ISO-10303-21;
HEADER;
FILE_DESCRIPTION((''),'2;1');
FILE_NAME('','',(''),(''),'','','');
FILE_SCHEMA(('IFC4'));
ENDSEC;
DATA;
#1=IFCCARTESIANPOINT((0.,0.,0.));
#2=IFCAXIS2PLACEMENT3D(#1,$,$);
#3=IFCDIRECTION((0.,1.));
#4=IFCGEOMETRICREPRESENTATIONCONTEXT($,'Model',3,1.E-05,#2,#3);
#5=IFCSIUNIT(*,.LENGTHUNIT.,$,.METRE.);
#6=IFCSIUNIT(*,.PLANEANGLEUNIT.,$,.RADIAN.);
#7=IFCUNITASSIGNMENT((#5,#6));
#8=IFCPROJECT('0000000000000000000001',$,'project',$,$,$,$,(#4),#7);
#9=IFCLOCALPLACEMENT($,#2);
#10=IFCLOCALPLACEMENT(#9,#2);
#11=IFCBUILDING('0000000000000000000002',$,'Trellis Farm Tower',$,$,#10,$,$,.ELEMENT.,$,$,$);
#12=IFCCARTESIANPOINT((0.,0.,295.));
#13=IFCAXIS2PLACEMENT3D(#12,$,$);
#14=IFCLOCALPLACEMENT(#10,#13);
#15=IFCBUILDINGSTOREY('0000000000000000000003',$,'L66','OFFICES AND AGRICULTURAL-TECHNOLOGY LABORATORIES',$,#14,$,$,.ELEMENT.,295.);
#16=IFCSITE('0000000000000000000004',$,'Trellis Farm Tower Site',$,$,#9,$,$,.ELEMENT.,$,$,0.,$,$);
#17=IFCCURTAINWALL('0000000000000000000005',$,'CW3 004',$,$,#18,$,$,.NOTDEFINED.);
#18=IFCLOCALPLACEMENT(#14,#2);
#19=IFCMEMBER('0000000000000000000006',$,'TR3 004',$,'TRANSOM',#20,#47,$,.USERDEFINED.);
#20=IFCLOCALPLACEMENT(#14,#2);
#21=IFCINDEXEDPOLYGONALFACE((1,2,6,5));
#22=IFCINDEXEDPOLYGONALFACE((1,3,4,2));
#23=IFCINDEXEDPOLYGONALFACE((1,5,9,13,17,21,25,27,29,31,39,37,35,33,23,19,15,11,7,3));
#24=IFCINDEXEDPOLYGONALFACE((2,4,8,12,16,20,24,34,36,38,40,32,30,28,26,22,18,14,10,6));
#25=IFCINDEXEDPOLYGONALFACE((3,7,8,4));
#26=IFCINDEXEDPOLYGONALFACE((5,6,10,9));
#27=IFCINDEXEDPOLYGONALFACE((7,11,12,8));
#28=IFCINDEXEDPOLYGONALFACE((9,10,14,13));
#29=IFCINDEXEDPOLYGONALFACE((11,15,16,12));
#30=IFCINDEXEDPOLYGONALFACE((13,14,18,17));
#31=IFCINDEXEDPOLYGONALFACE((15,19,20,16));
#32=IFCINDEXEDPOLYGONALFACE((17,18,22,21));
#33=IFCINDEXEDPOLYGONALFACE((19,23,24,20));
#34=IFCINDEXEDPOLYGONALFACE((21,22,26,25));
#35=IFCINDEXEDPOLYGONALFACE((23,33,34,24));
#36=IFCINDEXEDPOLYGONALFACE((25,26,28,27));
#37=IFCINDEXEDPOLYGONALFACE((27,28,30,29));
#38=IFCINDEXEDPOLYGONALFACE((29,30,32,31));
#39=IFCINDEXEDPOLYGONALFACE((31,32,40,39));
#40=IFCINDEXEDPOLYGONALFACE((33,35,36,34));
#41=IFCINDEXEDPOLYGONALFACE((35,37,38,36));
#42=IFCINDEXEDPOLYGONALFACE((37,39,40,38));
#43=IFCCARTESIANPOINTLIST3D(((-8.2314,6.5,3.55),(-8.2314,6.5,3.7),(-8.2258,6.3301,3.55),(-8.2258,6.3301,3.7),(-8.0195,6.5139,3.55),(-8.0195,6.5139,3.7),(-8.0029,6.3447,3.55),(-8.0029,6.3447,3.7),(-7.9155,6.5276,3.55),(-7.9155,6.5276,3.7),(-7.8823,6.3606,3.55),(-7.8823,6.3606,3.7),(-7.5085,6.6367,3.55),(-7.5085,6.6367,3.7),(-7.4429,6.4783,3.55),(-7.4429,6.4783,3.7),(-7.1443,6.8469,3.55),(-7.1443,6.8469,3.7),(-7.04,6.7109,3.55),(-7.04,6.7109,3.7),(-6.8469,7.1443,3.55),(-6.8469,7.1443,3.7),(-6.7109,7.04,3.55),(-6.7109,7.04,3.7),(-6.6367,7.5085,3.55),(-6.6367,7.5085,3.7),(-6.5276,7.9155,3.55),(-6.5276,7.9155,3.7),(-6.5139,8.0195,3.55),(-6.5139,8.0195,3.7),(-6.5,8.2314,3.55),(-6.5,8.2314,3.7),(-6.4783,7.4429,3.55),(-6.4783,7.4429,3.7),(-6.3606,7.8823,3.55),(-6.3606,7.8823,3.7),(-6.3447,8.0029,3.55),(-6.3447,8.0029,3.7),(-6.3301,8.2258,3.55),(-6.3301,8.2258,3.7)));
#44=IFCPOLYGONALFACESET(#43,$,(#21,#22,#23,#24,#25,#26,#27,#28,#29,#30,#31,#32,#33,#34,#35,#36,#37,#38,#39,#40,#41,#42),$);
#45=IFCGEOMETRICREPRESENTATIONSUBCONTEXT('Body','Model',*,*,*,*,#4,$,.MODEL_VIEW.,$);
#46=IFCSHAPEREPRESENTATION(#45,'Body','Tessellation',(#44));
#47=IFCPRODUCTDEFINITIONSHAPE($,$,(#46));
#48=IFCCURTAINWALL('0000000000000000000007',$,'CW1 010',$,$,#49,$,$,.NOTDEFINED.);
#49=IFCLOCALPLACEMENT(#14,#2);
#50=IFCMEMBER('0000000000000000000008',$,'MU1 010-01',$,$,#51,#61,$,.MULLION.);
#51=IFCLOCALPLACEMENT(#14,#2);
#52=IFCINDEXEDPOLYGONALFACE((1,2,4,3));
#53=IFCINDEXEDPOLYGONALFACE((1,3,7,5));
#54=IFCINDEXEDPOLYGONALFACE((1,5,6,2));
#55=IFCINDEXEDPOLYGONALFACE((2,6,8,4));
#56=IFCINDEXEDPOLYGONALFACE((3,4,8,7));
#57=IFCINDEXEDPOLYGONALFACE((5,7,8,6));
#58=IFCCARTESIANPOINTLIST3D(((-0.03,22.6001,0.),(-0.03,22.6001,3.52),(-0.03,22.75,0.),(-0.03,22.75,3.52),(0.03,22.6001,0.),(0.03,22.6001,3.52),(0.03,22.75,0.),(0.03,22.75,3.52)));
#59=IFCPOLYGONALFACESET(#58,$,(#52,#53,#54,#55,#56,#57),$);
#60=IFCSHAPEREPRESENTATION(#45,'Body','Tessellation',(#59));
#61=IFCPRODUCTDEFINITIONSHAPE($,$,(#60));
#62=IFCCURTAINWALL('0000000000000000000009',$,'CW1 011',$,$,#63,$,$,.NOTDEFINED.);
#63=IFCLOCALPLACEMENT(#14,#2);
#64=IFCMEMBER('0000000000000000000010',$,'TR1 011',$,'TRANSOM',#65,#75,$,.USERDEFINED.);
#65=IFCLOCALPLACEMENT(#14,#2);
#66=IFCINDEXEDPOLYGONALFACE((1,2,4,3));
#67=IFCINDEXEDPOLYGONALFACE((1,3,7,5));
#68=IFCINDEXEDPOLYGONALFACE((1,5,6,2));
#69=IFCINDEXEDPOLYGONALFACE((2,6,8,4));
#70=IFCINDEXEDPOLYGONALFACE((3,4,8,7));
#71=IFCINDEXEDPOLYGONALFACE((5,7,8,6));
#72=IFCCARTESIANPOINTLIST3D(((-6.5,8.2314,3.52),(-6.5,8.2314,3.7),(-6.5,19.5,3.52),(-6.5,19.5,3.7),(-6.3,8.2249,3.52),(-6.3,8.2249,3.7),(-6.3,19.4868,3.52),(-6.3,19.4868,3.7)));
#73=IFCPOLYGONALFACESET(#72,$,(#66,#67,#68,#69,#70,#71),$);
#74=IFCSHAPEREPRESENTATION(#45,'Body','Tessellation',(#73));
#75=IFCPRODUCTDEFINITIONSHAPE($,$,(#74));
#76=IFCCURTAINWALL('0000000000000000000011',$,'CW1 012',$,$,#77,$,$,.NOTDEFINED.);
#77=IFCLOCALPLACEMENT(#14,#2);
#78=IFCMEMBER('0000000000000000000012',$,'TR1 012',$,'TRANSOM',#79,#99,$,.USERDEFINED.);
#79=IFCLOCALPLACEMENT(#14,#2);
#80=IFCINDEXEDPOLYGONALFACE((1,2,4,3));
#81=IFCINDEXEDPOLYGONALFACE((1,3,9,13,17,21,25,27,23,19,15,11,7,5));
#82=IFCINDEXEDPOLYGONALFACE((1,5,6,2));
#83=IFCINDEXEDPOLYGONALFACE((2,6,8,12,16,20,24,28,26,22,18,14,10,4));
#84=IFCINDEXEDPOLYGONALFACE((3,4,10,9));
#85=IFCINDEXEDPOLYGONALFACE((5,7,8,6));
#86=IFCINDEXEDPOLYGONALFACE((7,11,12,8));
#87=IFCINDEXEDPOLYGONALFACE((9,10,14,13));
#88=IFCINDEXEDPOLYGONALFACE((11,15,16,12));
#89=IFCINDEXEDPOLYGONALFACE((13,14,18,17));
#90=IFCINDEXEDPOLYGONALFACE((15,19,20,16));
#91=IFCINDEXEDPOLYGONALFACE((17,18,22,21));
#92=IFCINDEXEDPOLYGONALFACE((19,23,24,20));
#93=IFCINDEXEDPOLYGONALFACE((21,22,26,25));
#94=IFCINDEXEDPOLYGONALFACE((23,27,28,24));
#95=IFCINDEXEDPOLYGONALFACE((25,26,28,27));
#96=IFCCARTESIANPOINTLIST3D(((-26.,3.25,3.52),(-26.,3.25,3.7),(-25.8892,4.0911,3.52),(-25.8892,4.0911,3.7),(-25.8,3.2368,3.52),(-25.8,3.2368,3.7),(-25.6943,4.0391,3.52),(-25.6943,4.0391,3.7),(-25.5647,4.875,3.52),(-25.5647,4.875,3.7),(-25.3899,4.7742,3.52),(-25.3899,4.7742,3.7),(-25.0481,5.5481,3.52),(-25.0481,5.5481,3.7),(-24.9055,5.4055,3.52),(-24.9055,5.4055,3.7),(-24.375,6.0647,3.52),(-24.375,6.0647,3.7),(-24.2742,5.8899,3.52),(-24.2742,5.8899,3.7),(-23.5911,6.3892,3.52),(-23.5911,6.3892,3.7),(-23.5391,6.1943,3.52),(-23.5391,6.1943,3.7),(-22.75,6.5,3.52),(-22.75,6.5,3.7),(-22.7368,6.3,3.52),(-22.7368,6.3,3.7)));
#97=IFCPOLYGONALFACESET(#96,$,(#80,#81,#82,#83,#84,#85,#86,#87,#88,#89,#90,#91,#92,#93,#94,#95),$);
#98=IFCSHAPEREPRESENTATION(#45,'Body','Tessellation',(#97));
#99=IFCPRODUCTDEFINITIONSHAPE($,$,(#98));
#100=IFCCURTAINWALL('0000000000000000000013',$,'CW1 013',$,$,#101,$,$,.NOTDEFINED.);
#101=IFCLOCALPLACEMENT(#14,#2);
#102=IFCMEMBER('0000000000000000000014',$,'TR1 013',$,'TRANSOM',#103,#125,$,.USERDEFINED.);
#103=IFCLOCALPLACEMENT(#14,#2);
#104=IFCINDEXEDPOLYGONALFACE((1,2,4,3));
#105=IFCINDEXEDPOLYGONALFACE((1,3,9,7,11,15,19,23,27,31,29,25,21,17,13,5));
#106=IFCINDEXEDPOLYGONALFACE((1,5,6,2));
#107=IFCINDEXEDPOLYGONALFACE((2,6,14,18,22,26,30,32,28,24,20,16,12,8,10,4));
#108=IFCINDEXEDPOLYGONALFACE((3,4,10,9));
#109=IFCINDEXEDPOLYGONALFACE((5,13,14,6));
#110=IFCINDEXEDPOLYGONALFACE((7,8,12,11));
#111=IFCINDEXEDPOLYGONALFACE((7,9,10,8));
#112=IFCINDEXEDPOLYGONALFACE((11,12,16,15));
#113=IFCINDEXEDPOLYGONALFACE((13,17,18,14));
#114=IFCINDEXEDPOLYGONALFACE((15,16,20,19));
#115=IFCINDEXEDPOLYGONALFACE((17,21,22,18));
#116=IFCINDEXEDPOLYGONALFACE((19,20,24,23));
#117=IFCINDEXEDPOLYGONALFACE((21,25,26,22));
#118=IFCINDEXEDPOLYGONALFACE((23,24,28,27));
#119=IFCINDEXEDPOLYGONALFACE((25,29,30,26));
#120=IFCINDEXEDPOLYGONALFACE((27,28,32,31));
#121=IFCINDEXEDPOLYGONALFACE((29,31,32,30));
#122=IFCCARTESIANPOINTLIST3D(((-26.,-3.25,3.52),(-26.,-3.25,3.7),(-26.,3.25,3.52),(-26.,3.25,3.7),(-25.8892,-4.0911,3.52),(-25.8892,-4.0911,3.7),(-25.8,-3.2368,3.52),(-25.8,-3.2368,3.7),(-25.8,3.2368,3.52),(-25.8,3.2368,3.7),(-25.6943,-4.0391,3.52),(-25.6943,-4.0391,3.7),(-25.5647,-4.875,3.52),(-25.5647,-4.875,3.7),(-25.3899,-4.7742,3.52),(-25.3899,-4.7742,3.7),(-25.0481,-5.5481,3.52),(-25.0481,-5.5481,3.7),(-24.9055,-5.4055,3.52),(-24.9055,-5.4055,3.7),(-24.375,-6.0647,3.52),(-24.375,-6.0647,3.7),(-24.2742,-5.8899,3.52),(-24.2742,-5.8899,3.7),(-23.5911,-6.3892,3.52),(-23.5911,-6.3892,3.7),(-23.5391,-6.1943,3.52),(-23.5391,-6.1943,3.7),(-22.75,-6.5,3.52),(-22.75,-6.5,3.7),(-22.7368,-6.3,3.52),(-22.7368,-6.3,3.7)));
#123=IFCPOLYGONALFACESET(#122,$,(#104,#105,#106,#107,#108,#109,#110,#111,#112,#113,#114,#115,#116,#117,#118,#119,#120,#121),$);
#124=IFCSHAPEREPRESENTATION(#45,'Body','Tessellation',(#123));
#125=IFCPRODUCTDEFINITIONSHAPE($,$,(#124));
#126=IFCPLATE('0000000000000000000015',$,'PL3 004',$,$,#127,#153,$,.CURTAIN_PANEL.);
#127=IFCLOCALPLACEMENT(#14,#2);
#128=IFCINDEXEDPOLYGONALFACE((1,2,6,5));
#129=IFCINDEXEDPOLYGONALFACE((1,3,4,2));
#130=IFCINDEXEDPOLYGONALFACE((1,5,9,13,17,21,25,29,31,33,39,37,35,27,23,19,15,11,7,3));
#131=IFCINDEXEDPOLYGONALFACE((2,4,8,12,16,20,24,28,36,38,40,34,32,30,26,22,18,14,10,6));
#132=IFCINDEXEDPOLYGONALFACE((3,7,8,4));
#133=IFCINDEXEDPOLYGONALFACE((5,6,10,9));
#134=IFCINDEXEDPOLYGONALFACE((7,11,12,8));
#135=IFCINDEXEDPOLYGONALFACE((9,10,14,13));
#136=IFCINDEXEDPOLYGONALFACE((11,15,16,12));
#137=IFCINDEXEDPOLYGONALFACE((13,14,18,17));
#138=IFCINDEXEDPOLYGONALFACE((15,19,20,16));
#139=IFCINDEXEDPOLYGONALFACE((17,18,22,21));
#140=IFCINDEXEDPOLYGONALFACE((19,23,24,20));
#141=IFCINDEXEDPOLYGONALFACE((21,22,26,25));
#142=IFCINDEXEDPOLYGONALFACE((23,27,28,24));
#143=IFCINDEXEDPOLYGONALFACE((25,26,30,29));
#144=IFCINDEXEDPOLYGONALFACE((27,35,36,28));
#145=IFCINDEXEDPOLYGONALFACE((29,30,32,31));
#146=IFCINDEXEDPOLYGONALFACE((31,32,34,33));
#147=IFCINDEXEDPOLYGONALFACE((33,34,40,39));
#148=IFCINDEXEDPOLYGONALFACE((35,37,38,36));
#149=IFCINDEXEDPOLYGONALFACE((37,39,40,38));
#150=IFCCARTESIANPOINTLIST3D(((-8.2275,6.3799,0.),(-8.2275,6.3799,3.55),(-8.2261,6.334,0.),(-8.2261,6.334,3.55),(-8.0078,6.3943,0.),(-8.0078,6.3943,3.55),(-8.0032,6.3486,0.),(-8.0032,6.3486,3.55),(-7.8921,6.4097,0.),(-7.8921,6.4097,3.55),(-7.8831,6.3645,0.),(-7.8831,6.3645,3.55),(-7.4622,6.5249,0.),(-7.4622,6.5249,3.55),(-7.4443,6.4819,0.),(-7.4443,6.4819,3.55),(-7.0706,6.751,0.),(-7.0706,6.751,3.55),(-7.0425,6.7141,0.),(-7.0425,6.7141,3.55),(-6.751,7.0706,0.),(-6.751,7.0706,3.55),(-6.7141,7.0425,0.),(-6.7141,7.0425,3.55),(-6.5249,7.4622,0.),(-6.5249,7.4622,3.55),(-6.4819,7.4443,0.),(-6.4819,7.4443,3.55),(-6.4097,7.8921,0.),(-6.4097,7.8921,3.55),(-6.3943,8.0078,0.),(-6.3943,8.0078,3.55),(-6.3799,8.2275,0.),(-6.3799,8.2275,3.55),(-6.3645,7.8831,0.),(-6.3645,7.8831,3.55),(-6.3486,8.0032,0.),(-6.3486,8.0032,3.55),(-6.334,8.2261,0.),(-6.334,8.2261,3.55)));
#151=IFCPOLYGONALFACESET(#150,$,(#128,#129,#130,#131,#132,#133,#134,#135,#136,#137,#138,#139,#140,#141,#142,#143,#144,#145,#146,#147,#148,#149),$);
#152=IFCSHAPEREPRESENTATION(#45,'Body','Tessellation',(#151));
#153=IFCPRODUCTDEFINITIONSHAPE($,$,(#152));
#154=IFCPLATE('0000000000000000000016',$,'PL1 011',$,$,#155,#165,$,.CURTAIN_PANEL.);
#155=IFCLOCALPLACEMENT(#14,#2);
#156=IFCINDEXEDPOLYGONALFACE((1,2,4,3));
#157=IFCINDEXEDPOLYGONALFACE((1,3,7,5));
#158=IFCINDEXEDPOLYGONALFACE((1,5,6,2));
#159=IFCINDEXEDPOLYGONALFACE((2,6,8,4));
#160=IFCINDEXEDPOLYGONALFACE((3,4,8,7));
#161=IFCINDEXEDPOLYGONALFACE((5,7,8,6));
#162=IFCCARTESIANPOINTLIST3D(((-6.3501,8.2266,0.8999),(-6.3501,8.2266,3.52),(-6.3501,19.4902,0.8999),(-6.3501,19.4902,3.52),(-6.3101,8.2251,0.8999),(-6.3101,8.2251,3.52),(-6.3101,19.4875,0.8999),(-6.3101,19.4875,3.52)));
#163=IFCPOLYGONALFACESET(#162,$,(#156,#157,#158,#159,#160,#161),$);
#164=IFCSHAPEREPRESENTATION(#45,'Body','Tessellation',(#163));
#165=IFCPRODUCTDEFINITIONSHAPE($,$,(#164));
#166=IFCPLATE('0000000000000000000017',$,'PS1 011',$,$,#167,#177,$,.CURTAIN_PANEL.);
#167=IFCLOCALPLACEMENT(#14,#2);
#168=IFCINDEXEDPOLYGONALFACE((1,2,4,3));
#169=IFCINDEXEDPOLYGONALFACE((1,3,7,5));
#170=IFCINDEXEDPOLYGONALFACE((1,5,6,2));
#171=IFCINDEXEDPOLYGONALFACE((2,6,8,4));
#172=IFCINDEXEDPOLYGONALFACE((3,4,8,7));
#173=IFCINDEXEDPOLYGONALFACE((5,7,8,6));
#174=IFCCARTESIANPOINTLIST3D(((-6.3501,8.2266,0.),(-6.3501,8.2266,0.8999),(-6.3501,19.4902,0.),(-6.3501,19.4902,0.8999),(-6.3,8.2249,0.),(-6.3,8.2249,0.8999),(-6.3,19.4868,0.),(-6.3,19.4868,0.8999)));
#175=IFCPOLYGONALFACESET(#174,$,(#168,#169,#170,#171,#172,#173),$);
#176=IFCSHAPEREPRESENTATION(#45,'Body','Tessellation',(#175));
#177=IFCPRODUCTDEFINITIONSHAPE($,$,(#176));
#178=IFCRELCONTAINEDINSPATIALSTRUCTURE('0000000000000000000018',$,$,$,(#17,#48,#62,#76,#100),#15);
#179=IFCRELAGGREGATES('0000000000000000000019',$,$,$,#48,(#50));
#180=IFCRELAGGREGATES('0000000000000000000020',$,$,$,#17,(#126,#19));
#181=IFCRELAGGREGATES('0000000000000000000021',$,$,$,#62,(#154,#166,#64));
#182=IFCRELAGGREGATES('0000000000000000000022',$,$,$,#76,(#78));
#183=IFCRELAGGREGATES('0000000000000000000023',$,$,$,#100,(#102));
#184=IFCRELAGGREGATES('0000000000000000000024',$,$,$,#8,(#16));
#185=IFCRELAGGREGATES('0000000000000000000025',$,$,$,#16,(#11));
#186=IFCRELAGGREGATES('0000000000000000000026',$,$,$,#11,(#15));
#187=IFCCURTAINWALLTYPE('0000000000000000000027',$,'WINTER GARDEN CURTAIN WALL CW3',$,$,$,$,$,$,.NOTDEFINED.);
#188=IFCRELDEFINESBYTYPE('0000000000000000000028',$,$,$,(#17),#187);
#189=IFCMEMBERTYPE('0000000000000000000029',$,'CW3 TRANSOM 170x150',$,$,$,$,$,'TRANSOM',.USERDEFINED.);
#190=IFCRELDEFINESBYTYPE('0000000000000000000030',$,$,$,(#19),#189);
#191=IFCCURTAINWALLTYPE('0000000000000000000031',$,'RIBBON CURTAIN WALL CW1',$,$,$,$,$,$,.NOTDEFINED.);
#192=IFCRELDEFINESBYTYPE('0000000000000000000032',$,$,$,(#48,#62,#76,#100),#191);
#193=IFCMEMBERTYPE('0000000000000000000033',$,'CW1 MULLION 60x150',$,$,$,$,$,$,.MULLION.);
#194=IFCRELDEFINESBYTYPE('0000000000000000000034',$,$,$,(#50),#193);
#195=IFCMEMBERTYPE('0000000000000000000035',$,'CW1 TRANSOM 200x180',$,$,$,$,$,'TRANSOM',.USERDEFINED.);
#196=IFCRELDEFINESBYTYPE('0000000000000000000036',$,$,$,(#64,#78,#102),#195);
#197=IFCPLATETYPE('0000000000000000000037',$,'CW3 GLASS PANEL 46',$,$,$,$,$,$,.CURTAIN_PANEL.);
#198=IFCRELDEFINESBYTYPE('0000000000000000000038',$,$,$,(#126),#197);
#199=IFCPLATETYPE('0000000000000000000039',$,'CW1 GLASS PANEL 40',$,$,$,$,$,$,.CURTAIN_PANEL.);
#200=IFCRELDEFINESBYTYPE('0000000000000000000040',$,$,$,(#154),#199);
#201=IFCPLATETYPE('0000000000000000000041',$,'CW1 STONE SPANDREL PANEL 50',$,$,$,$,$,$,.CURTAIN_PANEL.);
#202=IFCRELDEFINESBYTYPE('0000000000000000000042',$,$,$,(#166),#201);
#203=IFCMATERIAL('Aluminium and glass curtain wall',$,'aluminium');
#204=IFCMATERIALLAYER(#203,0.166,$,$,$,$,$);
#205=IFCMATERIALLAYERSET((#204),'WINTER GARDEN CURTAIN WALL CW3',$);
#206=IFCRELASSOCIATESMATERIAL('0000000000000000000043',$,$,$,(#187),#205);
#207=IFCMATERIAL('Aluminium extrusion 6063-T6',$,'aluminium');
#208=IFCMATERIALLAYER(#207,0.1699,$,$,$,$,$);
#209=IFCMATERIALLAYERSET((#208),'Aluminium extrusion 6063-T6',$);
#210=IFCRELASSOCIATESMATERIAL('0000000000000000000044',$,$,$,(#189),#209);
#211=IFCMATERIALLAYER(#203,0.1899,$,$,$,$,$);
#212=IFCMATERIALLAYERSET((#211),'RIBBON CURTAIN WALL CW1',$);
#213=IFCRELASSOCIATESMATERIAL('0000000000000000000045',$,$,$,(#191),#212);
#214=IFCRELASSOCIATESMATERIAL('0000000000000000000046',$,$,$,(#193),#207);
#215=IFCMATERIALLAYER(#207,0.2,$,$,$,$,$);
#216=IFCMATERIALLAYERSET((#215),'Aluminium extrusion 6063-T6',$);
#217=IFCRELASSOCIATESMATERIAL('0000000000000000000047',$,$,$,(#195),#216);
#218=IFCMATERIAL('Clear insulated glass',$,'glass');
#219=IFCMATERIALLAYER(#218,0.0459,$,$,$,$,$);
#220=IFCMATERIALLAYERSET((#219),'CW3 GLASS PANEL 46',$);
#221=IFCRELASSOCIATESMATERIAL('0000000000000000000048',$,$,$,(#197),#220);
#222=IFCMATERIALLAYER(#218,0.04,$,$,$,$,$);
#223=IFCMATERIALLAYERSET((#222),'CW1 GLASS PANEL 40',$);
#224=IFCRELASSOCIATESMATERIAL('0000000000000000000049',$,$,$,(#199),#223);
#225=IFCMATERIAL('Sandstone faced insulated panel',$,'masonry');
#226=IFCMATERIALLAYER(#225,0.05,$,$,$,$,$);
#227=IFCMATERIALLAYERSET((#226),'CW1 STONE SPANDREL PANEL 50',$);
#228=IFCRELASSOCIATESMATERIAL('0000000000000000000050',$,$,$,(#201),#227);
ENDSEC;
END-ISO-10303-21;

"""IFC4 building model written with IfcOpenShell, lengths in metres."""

from ifc_helpers import new_model, si_unit, direction, frame, origin, origin_2d, place, context, subcontext, project, spatial, polyline, rectangle, outline, extrude, source, transform, mapped, material, layer, layer_set, material_profile, profile_set, type_object, element, aggregate, save


model = new_model("IFC4")

# Units and contexts
model_context = context("Model", 3, precision=1e-05, world=origin(), true_north=direction((0.0, 1.0)))
body_context = subcontext(model_context, "Body", "Model", "MODEL_VIEW")
ifc_project = project(units=[si_unit("LENGTHUNIT", "METRE"), si_unit("PLANEANGLEUNIT", "RADIAN")], contexts=[model_context])

# Site, building, storey
site_placement = place(None, origin())
site = spatial("IfcSite", under=ifc_project, at=site_placement, Name="Trellis Farm Tower Site", CompositionType="ELEMENT", RefElevation=0.0)
building_placement = place(site_placement, origin())
building = spatial("IfcBuilding", under=site, at=building_placement, Name="Trellis Farm Tower", CompositionType="ELEMENT")
storey_placement = place(building_placement, frame((0.0, 0.0, 295.0)))
storey = spatial("IfcBuildingStorey", under=building, at=storey_placement, Name="L66", Description="OFFICES AND AGRICULTURAL-TECHNOLOGY LABORATORIES", CompositionType="ELEMENT", Elevation=295.0)

# Curtain walls, members
ifc_material_1 = material(Name="Aluminium and glass curtain wall", Category="aluminium")
ifc_layer_1 = layer(ifc_material_1, 0.166)
ifc_layer_set_1 = layer_set([ifc_layer_1], Name="WINTER GARDEN CURTAIN WALL CW3")
curtain_wall_type_1 = type_object("IfcCurtainWallType", Name="WINTER GARDEN CURTAIN WALL CW3", PredefinedType="NOTDEFINED", material=ifc_layer_set_1)
placement_1 = place(storey_placement, origin())
curtain_wall_1 = element("IfcCurtainWall", 1, at=placement_1, inside=storey, type_object=curtain_wall_type_1, Name="CW3 004", PredefinedType="NOTDEFINED")
ifc_material_2 = material(Name="Aluminium extrusion 6063-T6", Category="aluminium")
ifc_layer_2 = layer(ifc_material_2, 0.1699)
ifc_layer_set_2 = layer_set([ifc_layer_2], Name="Aluminium extrusion 6063-T6")
member_type_1 = type_object("IfcMemberType", Name="CW3 TRANSOM 170x150", ElementType="TRANSOM", PredefinedType="USERDEFINED", material=ifc_layer_set_2)
shared_shape_1 = source(origin(), body_context, "Body", "SweptSolid", [
    extrude(outline(polyline([(-6.5, 8.2314), (-6.5139, 8.0195), (-6.5276, 7.9155), (-6.6367, 7.5085), (-6.8469, 7.1443), (-7.1443, 6.8469), (-7.5085, 6.6367), (-7.9155, 6.5276), (-8.0195, 6.5139), (-8.2314, 6.5), (-8.2258, 6.3301), (-8.0029, 6.3447), (-7.8823, 6.3606), (-7.4429, 6.4783), (-7.04, 6.7109), (-6.7109, 7.04), (-6.4783, 7.4429), (-6.3606, 7.8823), (-6.3447, 8.0029), (-6.3301, 8.2258), (-6.5, 8.2314)])), origin(), (0.0, 0.0, 1.0), 0.1499),
])
member_1_placement = place(storey_placement, frame((0.0, 0.0, 3.55)))
member_1 = element("IfcMember", 2, at=member_1_placement, type_object=member_type_1, Name="TR3 004", ObjectType="TRANSOM", PredefinedType="USERDEFINED", context=body_context, shape_type="MappedRepresentation", body=[
    mapped(shared_shape_1, transform((0.0, 0.0, 0.0))),
])
ifc_layer_3 = layer(ifc_material_1, 0.1899)
ifc_layer_set_3 = layer_set([ifc_layer_3], Name="RIBBON CURTAIN WALL CW1")
curtain_wall_type_2 = type_object("IfcCurtainWallType", Name="RIBBON CURTAIN WALL CW1", PredefinedType="NOTDEFINED", material=ifc_layer_set_3)
curtain_wall_2 = element("IfcCurtainWall", 3, at=placement_1, inside=storey, type_object=curtain_wall_type_2, Name="CW1 010", PredefinedType="NOTDEFINED")
ifc_material_profile = material_profile(ifc_material_2, rectangle(XDim=0.0601, YDim=0.1499, at=origin_2d()), Name="MULLION 60x150")
ifc_profile_set = profile_set([ifc_material_profile], Name="Aluminium extrusion 6063-T6")
member_type_2 = type_object("IfcMemberType", Name="CW1 MULLION 60x150", PredefinedType="MULLION", material=ifc_profile_set)
shared_shape_2 = source(origin(), body_context, "Body", "SweptSolid", [
    extrude(rectangle(XDim=0.0601, YDim=0.1499, at=origin_2d()), origin(), (0.0, 0.0, 1.0), 3.52),
])
member_2_placement = place(storey_placement, frame((0.0, 22.675, 0.0), z_axis=(0.0, 0.0, 1.0), x_axis=(-1.0, 0.0, 0.0)))
member_2 = element("IfcMember", 4, at=member_2_placement, type_object=member_type_2, Name="MU1 010-01", PredefinedType="MULLION", context=body_context, shape_type="MappedRepresentation", body=[
    mapped(shared_shape_2, transform((0.0, 0.0, 0.0))),
])
aggregate(curtain_wall_2, [member_2])
curtain_wall_3 = element("IfcCurtainWall", 5, at=placement_1, inside=storey, type_object=curtain_wall_type_2, Name="CW1 011", PredefinedType="NOTDEFINED")
ifc_layer_4 = layer(ifc_material_2, 0.2)
ifc_layer_set_4 = layer_set([ifc_layer_4], Name="Aluminium extrusion 6063-T6")
member_type_3 = type_object("IfcMemberType", Name="CW1 TRANSOM 200x180", ElementType="TRANSOM", PredefinedType="USERDEFINED", material=ifc_layer_set_4)
shared_shape_3 = source(origin(), body_context, "Body", "SweptSolid", [
    extrude(outline(polyline([(-6.5, 19.5), (-6.5, 8.2314), (-6.3, 8.2249), (-6.3, 19.4868), (-6.5, 19.5)])), origin(), (0.0, 0.0, 1.0), 0.1799),
])
placement_2 = place(storey_placement, frame((0.0, 0.0, 3.52)))
member_3 = element("IfcMember", 6, at=placement_2, type_object=member_type_3, Name="TR1 011", ObjectType="TRANSOM", PredefinedType="USERDEFINED", context=body_context, shape_type="MappedRepresentation", body=[
    mapped(shared_shape_3, transform((0.0, 0.0, 0.0))),
])
curtain_wall_4 = element("IfcCurtainWall", 7, at=placement_1, inside=storey, type_object=curtain_wall_type_2, Name="CW1 012", PredefinedType="NOTDEFINED")
shared_shape_4 = source(origin(), body_context, "Body", "SweptSolid", [
    extrude(outline(polyline([(-22.75, 6.5), (-23.5911, 6.3892), (-24.375, 6.0647), (-25.0481, 5.5481), (-25.5647, 4.875), (-25.8892, 4.0911), (-26.0, 3.25), (-25.8, 3.2368), (-25.6943, 4.0391), (-25.3899, 4.7742), (-24.9055, 5.4055), (-24.2742, 5.8899), (-23.5391, 6.1943), (-22.7368, 6.3), (-22.75, 6.5)])), origin(), (0.0, 0.0, 1.0), 0.1799),
])
member_4 = element("IfcMember", 8, at=placement_2, type_object=member_type_3, Name="TR1 012", ObjectType="TRANSOM", PredefinedType="USERDEFINED", context=body_context, shape_type="MappedRepresentation", body=[
    mapped(shared_shape_4, transform((0.0, 0.0, 0.0))),
])
curtain_wall_5 = element("IfcCurtainWall", 9, at=placement_1, inside=storey, type_object=curtain_wall_type_2, Name="CW1 013", PredefinedType="NOTDEFINED")
shared_shape_5 = source(origin(), body_context, "Body", "SweptSolid", [
    extrude(outline(polyline([(-26.0, 3.25), (-26.0, -3.25), (-25.8892, -4.0911), (-25.5647, -4.875), (-25.0481, -5.5481), (-24.375, -6.0647), (-23.5911, -6.3892), (-22.75, -6.5), (-22.7368, -6.3), (-23.5391, -6.1943), (-24.2742, -5.8899), (-24.9055, -5.4055), (-25.3899, -4.7742), (-25.6943, -4.0391), (-25.8, -3.2368), (-25.8, 3.2368), (-26.0, 3.25)])), origin(), (0.0, 0.0, 1.0), 0.1799),
])
member_5 = element("IfcMember", 10, at=placement_2, type_object=member_type_3, Name="TR1 013", ObjectType="TRANSOM", PredefinedType="USERDEFINED", context=body_context, shape_type="MappedRepresentation", body=[
    mapped(shared_shape_5, transform((0.0, 0.0, 0.0))),
])

# Plates
ifc_material_3 = material(Name="Clear insulated glass", Category="glass")
ifc_layer_5 = layer(ifc_material_3, 0.0459)
ifc_layer_set_5 = layer_set([ifc_layer_5], Name="CW3 GLASS PANEL 46")
plate_type_1 = type_object("IfcPlateType", Name="CW3 GLASS PANEL 46", PredefinedType="CURTAIN_PANEL", material=ifc_layer_set_5)
shared_shape_6 = source(origin(), body_context, "Body", "SweptSolid", [
    extrude(outline(polyline([(-6.3799, 8.2275), (-6.3943, 8.0078), (-6.4097, 7.8921), (-6.5249, 7.4622), (-6.751, 7.0706), (-7.0706, 6.751), (-7.4622, 6.5249), (-7.8921, 6.4097), (-8.0078, 6.3943), (-8.2275, 6.3799), (-8.2261, 6.334), (-8.0032, 6.3486), (-7.8831, 6.3645), (-7.4443, 6.4819), (-7.0425, 6.7141), (-6.7141, 7.0425), (-6.4819, 7.4443), (-6.3645, 7.8831), (-6.3486, 8.0032), (-6.334, 8.2261), (-6.3799, 8.2275)])), origin(), (0.0, 0.0, 1.0), 3.55),
])
plate_1 = element("IfcPlate", 11, at=placement_1, type_object=plate_type_1, Name="PL3 004", PredefinedType="CURTAIN_PANEL", context=body_context, shape_type="MappedRepresentation", body=[
    mapped(shared_shape_6, transform((0.0, 0.0, 0.0))),
])
aggregate(curtain_wall_1, [plate_1, member_1])
ifc_layer_6 = layer(ifc_material_3, 0.04)
ifc_layer_set_6 = layer_set([ifc_layer_6], Name="CW1 GLASS PANEL 40")
plate_type_2 = type_object("IfcPlateType", Name="CW1 GLASS PANEL 40", PredefinedType="CURTAIN_PANEL", material=ifc_layer_set_6)
shared_shape_7 = source(origin(), body_context, "Body", "SweptSolid", [
    extrude(outline(polyline([(-6.3501, 19.4902), (-6.3501, 8.2266), (-6.3101, 8.2251), (-6.3101, 19.4875), (-6.3501, 19.4902)])), origin(), (0.0, 0.0, 1.0), 2.6201),
])
placement_3 = place(storey_placement, frame((0.0, 0.0, 0.8999)))
plate_2 = element("IfcPlate", 12, at=placement_3, type_object=plate_type_2, Name="PL1 011", PredefinedType="CURTAIN_PANEL", context=body_context, shape_type="MappedRepresentation", body=[
    mapped(shared_shape_7, transform((0.0, 0.0, 0.0))),
])
ifc_material_4 = material(Name="Sandstone faced insulated panel", Category="masonry")
ifc_layer_7 = layer(ifc_material_4, 0.05)
ifc_layer_set_7 = layer_set([ifc_layer_7], Name="CW1 STONE SPANDREL PANEL 50")
plate_type_3 = type_object("IfcPlateType", Name="CW1 STONE SPANDREL PANEL 50", PredefinedType="CURTAIN_PANEL", material=ifc_layer_set_7)
shared_shape_8 = source(origin(), body_context, "Body", "SweptSolid", [
    extrude(outline(polyline([(-6.3501, 19.4902), (-6.3501, 8.2266), (-6.3, 8.2249), (-6.3, 19.4868), (-6.3501, 19.4902)])), origin(), (0.0, 0.0, 1.0), 0.8999),
])
plate_3 = element("IfcPlate", 13, at=placement_1, type_object=plate_type_3, Name="PS1 011", PredefinedType="CURTAIN_PANEL", context=body_context, shape_type="MappedRepresentation", body=[
    mapped(shared_shape_8, transform((0.0, 0.0, 0.0))),
])
aggregate(curtain_wall_3, [plate_2, plate_3, member_3])
aggregate(curtain_wall_4, [member_4])
aggregate(curtain_wall_5, [member_5])

save(model, "model.ifc")
